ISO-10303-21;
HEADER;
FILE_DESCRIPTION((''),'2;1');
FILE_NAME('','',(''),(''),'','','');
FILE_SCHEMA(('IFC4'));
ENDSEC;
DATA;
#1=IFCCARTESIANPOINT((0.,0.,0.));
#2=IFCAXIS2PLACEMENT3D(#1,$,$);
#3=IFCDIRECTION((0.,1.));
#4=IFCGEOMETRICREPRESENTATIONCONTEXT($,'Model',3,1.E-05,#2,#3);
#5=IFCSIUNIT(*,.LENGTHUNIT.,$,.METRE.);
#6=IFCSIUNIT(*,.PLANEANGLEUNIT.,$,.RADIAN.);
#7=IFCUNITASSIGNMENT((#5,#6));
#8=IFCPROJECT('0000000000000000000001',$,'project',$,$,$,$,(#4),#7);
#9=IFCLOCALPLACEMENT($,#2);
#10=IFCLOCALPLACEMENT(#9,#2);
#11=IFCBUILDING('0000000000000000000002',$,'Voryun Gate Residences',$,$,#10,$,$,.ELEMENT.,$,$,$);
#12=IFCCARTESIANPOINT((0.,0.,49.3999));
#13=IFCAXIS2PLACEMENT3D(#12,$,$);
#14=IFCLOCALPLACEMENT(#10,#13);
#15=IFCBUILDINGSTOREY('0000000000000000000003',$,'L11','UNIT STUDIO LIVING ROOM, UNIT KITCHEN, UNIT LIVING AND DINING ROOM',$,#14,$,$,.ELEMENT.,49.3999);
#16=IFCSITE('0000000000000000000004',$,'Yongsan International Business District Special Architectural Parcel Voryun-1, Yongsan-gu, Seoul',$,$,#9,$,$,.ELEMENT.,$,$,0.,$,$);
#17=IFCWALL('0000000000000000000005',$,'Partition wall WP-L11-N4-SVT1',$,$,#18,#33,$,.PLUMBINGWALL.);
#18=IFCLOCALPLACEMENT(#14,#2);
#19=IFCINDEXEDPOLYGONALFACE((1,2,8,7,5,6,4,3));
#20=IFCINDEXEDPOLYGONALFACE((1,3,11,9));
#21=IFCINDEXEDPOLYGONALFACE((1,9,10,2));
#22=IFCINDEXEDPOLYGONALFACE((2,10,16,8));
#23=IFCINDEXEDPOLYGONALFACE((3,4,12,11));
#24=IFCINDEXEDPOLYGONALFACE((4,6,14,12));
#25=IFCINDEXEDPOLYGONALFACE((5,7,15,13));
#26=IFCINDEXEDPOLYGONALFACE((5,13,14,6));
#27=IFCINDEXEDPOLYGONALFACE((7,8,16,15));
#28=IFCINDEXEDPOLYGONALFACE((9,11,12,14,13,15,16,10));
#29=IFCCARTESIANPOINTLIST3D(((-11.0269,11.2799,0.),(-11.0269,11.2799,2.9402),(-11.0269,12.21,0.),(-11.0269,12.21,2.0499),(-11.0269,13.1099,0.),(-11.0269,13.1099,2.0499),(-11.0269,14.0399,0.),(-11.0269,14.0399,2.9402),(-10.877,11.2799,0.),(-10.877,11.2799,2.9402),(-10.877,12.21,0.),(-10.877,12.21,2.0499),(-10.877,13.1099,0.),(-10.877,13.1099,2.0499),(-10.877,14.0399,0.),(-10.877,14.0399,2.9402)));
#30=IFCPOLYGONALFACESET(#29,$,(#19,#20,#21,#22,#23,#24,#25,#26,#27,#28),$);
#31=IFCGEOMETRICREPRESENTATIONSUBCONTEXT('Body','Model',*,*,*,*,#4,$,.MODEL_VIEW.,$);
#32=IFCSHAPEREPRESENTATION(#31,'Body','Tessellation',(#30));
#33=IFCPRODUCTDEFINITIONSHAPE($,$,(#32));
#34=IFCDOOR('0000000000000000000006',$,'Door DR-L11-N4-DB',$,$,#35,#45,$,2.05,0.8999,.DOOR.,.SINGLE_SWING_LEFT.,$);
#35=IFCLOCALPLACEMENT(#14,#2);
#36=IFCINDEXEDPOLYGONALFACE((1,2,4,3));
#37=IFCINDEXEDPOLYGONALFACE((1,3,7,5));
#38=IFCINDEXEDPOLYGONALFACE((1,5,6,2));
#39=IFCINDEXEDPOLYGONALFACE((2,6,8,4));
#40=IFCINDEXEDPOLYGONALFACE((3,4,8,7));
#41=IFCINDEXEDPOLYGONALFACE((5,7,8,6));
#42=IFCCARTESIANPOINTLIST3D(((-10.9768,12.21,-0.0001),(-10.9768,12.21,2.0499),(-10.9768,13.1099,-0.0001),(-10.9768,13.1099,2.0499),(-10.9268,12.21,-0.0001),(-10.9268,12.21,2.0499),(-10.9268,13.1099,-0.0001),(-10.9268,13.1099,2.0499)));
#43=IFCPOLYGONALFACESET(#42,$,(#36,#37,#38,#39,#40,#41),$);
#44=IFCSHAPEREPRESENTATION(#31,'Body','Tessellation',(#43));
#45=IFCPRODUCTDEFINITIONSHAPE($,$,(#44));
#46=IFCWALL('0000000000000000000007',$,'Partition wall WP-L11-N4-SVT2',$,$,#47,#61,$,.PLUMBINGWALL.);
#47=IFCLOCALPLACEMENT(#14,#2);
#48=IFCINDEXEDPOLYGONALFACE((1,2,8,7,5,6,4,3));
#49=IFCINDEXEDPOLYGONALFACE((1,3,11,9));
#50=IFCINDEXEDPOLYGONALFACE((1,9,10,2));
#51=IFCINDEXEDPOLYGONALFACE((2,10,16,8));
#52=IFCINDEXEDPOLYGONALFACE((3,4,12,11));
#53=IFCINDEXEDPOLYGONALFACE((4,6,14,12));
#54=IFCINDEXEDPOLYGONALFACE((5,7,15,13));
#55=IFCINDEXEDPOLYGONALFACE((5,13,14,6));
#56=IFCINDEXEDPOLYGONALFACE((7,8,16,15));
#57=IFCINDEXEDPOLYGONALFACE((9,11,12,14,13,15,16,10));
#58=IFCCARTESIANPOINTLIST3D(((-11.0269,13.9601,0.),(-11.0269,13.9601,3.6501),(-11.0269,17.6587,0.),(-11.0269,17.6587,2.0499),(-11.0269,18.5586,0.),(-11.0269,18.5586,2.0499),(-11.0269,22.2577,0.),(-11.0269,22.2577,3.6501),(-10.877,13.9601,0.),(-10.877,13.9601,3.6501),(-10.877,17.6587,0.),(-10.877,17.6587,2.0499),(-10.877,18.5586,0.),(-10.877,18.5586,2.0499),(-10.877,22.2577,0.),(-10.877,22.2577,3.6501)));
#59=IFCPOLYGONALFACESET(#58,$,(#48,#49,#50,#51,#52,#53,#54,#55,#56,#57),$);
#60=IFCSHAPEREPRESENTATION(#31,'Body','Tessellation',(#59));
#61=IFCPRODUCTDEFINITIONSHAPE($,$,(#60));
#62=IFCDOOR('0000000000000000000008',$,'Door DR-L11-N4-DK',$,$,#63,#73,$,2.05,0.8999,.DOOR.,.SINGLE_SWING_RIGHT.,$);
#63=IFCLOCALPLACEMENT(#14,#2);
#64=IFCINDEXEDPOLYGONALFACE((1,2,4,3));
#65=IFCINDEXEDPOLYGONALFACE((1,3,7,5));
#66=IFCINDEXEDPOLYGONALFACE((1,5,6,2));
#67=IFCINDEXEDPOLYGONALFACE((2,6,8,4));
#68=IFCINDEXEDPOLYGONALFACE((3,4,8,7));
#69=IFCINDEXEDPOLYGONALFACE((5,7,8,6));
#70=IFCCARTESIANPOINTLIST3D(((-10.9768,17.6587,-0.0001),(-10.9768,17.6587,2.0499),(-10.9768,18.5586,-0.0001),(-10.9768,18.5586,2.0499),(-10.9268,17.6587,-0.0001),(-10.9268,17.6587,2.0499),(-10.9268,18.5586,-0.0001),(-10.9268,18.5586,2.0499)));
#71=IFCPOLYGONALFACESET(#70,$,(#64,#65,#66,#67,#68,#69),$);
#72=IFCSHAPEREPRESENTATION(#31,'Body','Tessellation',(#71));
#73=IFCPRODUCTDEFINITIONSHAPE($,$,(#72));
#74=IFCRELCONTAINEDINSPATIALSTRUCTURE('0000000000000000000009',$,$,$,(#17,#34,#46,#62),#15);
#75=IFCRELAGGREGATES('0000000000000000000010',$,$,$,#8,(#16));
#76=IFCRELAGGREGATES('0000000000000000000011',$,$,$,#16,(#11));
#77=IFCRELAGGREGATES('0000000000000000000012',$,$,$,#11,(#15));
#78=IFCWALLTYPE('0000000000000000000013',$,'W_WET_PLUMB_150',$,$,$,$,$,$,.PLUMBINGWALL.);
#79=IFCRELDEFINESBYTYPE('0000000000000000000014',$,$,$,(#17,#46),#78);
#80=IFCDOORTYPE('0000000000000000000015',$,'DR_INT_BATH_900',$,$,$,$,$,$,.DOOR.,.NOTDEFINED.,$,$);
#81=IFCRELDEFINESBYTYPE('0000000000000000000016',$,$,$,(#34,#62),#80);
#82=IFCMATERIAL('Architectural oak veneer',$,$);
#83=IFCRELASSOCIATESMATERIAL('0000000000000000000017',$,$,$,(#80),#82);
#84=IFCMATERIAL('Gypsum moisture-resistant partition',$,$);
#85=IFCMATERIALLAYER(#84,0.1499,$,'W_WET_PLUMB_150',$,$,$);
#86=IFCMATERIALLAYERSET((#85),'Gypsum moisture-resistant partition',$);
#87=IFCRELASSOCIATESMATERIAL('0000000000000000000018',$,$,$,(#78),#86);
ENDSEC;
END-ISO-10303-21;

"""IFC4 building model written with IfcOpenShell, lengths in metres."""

from ifc_helpers import new_model, si_unit, direction, frame, frame_2d, origin, place, context, subcontext, project, spatial, rectangle, extrude, material, layer, layer_set, type_object, element, fill, save


model = new_model("IFC4")

# Units and contexts
model_context = context("Model", 3, precision=1e-05, world=origin(), true_north=direction((0.0, 1.0)))
body_context = subcontext(model_context, "Body", "Model", "MODEL_VIEW")
ifc_project = project(units=[si_unit("LENGTHUNIT", "METRE"), si_unit("PLANEANGLEUNIT", "RADIAN")], contexts=[model_context])

# Site, building, storey
site_placement = place(None, origin())
site = spatial("IfcSite", under=ifc_project, at=site_placement, Name="Yongsan International Business District Special Architectural Parcel Voryun-1, Yongsan-gu, Seoul", CompositionType="ELEMENT", RefElevation=0.0)
building_placement = place(site_placement, origin())
building = spatial("IfcBuilding", under=site, at=building_placement, Name="Voryun Gate Residences", CompositionType="ELEMENT")
storey_placement = place(building_placement, frame((0.0, 0.0, 49.3999)))
storey = spatial("IfcBuildingStorey", under=building, at=storey_placement, Name="L11", Description="UNIT STUDIO LIVING ROOM, UNIT KITCHEN, UNIT LIVING AND DINING ROOM", CompositionType="ELEMENT", Elevation=49.3999)

# Shared definitions
ifc_material_1 = material(Name="Architectural oak veneer")
door_type_1 = type_object("IfcDoorType", Name="DR_INT_BATH_900", OperationType="NOTDEFINED", PredefinedType="DOOR", material=ifc_material_1)

# Shared definitions
ifc_material_2 = material(Name="Gypsum moisture-resistant partition")
ifc_layer_1 = layer(ifc_material_2, 0.1499, Name="W_WET_PLUMB_150")
ifc_layer_set_1 = layer_set([ifc_layer_1], Name="Gypsum moisture-resistant partition")
wall_type_1 = type_object("IfcWallType", Name="W_WET_PLUMB_150", PredefinedType="PLUMBINGWALL", material=ifc_layer_set_1)

# Walls, openings, doors
wall_1_placement = place(storey_placement, frame((-10.9519, 11.28, 0.0), z_axis=(0.0, 0.0, 1.0), x_axis=(0.0, 1.0, 0.0)))
wall_1 = element("IfcWall", 1, at=wall_1_placement, inside=storey, type_object=wall_type_1, Name="Partition wall WP-L11-N4-SVT1", PredefinedType="PLUMBINGWALL", context=body_context, shape_type="SweptSolid", body=[
    extrude(rectangle(XDim=2.76, YDim=0.1499, at=frame_2d((1.3799, 0.0))), origin(), (0.0, 0.0, 1.0), 2.9402),
])
opening_1_placement = place(wall_1_placement, frame((0.9299, 0.0, 0.0)))
opening_1 = element("IfcOpeningElement", 2, at=opening_1_placement, cuts=wall_1, PredefinedType="OPENING", context=body_context, shape_type="SweptSolid", body=[
    extrude(rectangle(XDim=0.8999, YDim=2.05, at=frame_2d((0.45, 1.0249))), frame((0.0, 0.085, 0.0), z_axis=(0.0, -1.0, 0.0), x_axis=(1.0, 0.0, 0.0)), (0.0, 0.0, 1.0), 0.1699),
])
door_1_placement = place(opening_1_placement, origin())
door_1 = element("IfcDoor", 3, at=door_1_placement, inside=storey, type_object=door_type_1, Name="Door DR-L11-N4-DB", OperationType="SINGLE_SWING_LEFT", OverallHeight=2.05, OverallWidth=0.8999, PredefinedType="DOOR", context=body_context, shape_type="SweptSolid", body=[
    extrude(rectangle(XDim=0.8999, YDim=2.05, at=frame_2d((0.45, 1.0249))), frame((0.0, 0.0249, 0.0), z_axis=(0.0, -1.0, 0.0), x_axis=(1.0, 0.0, 0.0)), (0.0, 0.0, 1.0), 0.05),
])
fill(opening_1, door_1)
wall_2_placement = place(storey_placement, frame((-10.9519, 13.96, 0.0), z_axis=(0.0, 0.0, 1.0), x_axis=(0.0, 1.0, 0.0)))
wall_2 = element("IfcWall", 4, at=wall_2_placement, inside=storey, type_object=wall_type_1, Name="Partition wall WP-L11-N4-SVT2", PredefinedType="PLUMBINGWALL", context=body_context, shape_type="SweptSolid", body=[
    extrude(rectangle(XDim=8.2976, YDim=0.1499, at=frame_2d((4.1489, 0.0))), origin(), (0.0, 0.0, 1.0), 3.6501),
])
opening_2_placement = place(wall_2_placement, frame((3.6987, 0.0, 0.0)))
opening_2 = element("IfcOpeningElement", 5, at=opening_2_placement, cuts=wall_2, PredefinedType="OPENING", context=body_context, shape_type="SweptSolid", body=[
    extrude(rectangle(XDim=0.8999, YDim=2.05, at=frame_2d((0.45, 1.0249))), frame((0.0, 0.085, 0.0), z_axis=(0.0, -1.0, 0.0), x_axis=(1.0, 0.0, 0.0)), (0.0, 0.0, 1.0), 0.1699),
])
door_2_placement = place(opening_2_placement, origin())
door_2 = element("IfcDoor", 6, at=door_2_placement, inside=storey, type_object=door_type_1, Name="Door DR-L11-N4-DK", OperationType="SINGLE_SWING_RIGHT", OverallHeight=2.05, OverallWidth=0.8999, PredefinedType="DOOR", context=body_context, shape_type="SweptSolid", body=[
    extrude(rectangle(XDim=0.8999, YDim=2.05, at=frame_2d((0.45, 1.0249))), frame((0.0, 0.0249, 0.0), z_axis=(0.0, -1.0, 0.0), x_axis=(1.0, 0.0, 0.0)), (0.0, 0.0, 1.0), 0.05),
])
fill(opening_2, door_2)

save(model, "model.ifc")
